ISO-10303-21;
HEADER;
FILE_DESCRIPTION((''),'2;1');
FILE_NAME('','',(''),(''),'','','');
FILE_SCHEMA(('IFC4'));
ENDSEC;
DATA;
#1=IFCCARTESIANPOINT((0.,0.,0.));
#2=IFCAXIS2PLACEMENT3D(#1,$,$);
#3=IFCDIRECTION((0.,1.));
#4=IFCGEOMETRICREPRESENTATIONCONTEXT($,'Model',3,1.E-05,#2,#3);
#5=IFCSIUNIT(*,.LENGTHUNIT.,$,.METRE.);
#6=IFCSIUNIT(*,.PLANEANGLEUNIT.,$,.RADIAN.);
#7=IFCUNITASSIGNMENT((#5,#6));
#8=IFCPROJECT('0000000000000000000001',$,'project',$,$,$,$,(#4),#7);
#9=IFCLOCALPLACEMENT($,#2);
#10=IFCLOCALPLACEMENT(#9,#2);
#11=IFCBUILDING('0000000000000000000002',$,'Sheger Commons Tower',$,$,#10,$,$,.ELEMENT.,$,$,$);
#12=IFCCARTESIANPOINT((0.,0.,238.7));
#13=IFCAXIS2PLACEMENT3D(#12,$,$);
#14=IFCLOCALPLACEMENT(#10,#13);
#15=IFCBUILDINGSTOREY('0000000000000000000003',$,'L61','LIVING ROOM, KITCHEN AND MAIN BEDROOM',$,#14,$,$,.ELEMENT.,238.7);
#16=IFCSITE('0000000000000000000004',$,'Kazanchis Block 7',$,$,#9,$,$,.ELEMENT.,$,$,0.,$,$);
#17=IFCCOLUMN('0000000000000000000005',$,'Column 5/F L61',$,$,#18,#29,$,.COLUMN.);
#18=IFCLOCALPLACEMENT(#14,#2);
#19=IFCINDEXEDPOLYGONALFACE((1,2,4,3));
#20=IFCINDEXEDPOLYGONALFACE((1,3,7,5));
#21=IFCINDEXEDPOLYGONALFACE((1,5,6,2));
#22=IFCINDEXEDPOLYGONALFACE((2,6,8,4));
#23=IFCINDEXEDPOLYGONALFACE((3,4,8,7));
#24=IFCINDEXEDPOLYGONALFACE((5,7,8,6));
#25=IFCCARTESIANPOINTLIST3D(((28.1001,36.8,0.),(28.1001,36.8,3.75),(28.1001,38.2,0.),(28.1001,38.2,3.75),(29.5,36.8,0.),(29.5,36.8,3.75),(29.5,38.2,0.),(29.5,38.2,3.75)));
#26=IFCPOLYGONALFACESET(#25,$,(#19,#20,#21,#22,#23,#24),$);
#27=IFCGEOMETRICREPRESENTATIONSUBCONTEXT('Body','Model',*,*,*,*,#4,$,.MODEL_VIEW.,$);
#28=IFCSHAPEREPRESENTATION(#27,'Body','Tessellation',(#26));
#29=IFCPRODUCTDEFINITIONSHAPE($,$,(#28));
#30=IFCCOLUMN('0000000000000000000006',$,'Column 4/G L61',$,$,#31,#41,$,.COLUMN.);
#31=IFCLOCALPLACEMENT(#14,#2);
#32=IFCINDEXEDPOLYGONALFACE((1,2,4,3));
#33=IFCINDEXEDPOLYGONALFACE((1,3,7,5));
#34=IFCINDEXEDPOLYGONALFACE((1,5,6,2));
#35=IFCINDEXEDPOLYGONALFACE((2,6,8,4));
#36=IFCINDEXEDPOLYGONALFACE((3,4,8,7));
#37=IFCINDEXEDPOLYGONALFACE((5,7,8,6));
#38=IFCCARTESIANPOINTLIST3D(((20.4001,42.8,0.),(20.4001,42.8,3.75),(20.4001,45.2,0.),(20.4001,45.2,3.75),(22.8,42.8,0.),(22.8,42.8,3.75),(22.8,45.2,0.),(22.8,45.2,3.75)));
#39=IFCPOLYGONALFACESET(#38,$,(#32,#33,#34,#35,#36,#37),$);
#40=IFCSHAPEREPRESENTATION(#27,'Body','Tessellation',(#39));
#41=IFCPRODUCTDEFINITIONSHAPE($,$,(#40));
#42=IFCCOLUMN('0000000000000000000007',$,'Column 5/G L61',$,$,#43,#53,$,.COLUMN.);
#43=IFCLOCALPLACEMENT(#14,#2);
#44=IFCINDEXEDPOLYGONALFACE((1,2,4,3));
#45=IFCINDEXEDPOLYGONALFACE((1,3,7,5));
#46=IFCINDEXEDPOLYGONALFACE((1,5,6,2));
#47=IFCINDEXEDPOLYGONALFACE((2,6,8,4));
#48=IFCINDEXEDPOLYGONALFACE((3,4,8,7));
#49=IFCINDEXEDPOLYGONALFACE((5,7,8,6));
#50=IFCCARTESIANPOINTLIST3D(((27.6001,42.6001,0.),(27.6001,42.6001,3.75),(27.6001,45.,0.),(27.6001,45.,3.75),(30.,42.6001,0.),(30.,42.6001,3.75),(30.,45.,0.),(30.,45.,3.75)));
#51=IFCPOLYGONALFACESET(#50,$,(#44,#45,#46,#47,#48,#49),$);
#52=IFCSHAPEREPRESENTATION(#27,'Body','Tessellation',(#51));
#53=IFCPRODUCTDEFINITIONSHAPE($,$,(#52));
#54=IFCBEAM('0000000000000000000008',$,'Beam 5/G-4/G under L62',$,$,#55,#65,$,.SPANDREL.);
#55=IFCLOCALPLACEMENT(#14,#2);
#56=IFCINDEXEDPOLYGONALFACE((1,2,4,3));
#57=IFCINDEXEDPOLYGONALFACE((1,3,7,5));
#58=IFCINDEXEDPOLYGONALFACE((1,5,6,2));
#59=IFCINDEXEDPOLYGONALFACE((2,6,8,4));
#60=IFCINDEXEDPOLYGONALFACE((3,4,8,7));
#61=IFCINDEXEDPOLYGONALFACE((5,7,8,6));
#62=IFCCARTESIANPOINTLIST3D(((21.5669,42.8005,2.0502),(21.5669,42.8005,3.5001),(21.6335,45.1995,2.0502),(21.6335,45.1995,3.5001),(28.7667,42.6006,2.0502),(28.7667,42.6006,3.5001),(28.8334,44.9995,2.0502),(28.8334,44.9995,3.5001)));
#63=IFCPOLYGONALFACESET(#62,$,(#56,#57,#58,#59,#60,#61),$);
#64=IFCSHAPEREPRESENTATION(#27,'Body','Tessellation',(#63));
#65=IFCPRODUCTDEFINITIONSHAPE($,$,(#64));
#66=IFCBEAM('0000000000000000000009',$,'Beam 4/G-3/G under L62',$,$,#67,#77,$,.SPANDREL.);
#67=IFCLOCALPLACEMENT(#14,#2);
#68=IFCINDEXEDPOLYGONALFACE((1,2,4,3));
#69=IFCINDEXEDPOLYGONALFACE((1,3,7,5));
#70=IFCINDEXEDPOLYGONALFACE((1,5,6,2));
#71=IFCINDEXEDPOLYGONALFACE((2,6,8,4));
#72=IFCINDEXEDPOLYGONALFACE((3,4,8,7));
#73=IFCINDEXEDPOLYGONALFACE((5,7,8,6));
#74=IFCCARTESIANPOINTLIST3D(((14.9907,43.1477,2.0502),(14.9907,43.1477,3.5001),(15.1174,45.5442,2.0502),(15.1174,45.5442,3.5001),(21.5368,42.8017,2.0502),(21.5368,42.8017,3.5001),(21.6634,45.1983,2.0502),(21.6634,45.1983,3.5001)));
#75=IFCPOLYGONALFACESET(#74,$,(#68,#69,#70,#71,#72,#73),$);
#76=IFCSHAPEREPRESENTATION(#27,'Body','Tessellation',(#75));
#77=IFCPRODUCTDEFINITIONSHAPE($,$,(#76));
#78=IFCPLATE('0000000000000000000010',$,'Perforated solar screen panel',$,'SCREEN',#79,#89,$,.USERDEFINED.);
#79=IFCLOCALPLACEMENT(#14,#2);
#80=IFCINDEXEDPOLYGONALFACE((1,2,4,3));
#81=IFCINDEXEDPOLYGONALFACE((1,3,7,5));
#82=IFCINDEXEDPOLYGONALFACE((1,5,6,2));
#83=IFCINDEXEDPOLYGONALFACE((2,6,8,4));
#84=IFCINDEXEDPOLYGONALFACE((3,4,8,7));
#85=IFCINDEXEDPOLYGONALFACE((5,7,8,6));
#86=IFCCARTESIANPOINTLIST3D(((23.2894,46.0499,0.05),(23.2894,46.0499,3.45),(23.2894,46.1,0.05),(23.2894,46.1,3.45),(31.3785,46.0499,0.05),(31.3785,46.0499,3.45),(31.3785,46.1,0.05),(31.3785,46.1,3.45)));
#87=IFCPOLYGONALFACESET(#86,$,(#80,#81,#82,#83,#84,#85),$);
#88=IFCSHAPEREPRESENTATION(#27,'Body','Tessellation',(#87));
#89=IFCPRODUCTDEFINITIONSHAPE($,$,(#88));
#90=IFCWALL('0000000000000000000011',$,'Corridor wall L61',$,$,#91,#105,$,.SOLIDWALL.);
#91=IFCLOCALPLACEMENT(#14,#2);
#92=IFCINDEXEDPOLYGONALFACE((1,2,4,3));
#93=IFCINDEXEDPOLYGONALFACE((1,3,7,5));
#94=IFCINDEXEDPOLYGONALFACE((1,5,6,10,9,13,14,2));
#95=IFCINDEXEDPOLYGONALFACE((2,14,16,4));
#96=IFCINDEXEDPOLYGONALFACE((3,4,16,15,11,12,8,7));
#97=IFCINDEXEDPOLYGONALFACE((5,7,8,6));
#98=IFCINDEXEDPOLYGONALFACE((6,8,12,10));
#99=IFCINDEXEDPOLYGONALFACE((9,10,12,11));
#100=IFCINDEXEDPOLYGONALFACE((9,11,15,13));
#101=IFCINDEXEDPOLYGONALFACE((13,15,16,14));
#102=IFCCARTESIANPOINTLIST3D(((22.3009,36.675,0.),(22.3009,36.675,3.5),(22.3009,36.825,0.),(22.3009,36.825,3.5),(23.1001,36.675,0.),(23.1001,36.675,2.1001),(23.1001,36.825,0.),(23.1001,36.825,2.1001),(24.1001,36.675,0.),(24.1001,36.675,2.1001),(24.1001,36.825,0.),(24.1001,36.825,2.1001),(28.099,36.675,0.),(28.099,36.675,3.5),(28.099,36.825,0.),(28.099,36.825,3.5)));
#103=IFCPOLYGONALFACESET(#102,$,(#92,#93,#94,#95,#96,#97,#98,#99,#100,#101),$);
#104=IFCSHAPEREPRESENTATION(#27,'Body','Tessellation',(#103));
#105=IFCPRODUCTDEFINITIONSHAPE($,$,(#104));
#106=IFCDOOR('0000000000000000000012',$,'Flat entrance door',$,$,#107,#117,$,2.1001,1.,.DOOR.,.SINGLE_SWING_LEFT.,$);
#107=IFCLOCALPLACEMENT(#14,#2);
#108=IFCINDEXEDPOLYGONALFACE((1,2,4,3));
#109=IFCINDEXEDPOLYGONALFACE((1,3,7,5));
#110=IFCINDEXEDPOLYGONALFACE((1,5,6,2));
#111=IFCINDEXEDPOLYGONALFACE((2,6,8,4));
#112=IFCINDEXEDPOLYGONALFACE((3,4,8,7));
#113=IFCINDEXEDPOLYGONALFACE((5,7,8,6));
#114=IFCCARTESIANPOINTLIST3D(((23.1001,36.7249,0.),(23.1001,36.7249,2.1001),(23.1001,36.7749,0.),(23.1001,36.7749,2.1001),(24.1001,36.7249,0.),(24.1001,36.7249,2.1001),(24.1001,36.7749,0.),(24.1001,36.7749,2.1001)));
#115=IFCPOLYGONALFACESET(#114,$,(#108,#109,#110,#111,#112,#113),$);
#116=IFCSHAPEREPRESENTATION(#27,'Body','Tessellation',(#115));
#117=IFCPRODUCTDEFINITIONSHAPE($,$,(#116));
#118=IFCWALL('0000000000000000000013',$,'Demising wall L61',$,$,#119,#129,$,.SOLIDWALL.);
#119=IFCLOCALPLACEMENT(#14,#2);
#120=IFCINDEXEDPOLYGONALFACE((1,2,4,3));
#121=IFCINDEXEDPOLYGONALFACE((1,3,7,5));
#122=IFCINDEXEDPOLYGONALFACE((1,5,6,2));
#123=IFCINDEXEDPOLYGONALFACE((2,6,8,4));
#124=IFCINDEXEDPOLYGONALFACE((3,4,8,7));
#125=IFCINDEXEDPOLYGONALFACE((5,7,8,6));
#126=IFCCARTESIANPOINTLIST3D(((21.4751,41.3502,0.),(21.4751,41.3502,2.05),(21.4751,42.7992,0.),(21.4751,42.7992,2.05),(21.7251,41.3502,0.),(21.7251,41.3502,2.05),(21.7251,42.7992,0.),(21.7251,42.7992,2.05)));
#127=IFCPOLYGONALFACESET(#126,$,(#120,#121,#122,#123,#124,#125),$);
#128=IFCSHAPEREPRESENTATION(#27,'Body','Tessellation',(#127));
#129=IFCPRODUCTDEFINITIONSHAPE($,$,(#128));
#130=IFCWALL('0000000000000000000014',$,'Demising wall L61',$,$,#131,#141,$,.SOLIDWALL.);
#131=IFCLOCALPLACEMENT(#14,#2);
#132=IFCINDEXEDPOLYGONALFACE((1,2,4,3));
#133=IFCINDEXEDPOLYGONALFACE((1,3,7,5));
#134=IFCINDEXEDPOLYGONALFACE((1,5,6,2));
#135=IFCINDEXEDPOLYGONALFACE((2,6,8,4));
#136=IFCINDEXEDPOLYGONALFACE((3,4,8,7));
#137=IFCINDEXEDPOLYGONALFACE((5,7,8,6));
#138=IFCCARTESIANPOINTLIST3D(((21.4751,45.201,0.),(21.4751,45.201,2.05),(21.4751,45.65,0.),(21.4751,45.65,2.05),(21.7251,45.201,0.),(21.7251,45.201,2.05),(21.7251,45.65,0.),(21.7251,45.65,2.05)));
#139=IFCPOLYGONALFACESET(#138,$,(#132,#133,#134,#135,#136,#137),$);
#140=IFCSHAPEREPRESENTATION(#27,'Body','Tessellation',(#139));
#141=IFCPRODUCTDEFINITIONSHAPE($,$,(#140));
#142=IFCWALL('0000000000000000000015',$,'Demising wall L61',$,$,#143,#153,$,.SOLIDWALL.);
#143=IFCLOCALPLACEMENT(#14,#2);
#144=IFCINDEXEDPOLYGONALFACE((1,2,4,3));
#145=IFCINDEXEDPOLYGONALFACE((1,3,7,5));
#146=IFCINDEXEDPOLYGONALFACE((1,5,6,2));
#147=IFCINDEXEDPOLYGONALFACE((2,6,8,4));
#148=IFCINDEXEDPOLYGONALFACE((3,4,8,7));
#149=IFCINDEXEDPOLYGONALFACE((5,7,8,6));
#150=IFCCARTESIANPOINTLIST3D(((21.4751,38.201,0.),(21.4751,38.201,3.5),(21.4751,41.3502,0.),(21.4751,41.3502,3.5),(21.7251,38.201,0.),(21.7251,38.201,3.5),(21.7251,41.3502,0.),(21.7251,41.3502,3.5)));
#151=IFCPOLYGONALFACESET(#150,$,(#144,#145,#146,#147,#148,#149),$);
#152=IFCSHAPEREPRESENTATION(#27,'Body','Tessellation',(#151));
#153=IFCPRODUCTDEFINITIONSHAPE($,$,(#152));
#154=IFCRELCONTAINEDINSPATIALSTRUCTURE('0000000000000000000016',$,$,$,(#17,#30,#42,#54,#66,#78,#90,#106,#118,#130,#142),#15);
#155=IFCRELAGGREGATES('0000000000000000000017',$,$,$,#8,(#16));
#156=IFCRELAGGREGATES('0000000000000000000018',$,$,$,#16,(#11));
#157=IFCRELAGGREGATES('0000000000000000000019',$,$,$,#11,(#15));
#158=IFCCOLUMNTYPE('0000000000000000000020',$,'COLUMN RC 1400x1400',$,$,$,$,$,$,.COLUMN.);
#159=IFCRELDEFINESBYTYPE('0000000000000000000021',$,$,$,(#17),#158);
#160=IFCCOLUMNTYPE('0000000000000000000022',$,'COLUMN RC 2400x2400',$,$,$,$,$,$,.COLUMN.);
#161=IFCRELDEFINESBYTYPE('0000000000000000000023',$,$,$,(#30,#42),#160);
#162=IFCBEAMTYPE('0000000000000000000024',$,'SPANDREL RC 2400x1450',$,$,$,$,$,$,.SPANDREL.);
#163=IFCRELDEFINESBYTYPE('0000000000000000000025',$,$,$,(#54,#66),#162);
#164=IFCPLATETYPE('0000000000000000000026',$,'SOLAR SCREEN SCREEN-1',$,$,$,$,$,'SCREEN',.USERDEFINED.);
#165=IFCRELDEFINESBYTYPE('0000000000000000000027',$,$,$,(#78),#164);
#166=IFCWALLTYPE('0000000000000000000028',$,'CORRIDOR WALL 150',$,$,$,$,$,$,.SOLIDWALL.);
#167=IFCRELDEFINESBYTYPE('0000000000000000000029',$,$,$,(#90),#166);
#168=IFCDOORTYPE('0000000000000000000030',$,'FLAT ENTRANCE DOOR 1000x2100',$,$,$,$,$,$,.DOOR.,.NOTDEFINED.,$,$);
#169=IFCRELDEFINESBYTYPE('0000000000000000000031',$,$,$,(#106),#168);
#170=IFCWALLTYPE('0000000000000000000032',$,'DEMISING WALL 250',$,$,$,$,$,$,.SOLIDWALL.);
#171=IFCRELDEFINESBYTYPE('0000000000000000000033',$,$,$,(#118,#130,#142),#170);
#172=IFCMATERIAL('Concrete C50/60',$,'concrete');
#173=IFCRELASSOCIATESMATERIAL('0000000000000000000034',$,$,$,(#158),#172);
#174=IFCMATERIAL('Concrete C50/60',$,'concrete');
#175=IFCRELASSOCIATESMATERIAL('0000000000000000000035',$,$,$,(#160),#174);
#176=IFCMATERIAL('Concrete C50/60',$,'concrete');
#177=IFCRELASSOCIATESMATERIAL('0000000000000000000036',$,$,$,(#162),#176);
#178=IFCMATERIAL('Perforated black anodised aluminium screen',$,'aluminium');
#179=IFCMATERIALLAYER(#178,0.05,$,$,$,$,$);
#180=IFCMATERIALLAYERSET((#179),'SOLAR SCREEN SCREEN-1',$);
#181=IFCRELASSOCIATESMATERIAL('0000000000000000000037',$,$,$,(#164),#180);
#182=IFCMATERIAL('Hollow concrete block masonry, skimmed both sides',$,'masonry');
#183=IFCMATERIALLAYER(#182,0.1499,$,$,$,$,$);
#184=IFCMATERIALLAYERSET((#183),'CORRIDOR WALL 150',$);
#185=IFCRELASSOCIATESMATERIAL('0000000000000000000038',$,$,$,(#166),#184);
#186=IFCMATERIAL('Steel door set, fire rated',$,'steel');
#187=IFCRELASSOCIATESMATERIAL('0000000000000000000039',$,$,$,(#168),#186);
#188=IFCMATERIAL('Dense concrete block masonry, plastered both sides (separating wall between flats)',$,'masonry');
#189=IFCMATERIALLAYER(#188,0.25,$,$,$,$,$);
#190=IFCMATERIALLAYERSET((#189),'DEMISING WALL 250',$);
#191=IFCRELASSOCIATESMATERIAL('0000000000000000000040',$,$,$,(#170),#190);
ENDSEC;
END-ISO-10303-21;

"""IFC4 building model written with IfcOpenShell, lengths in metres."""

from ifc_helpers import new_model, si_unit, direction, frame, frame_2d, origin, origin_2d, place, context, subcontext, project, spatial, rectangle, extrude, material, layer, layer_set, material_profile, profile_set, type_object, element, fill, save


model = new_model("IFC4")

# Units and contexts
model_context = context("Model", 3, precision=1e-05, world=origin(), true_north=direction((0.0, 1.0)))
body_context = subcontext(model_context, "Body", "Model", "MODEL_VIEW")
ifc_project = project(units=[si_unit("LENGTHUNIT", "METRE"), si_unit("PLANEANGLEUNIT", "RADIAN")], contexts=[model_context])

# Site, building, storey
site_placement = place(None, origin())
site = spatial("IfcSite", under=ifc_project, at=site_placement, Name="Kazanchis Block 7", CompositionType="ELEMENT", RefElevation=0.0)
building_placement = place(site_placement, origin())
building = spatial("IfcBuilding", under=site, at=building_placement, Name="Sheger Commons Tower", CompositionType="ELEMENT")
storey_placement = place(building_placement, frame((0.0, 0.0, 238.7)))
storey = spatial("IfcBuildingStorey", under=building, at=storey_placement, Name="L61", Description="LIVING ROOM, KITCHEN AND MAIN BEDROOM", CompositionType="ELEMENT", Elevation=238.7)

# Columns
ifc_material_1 = material(Name="Concrete C50/60", Category="concrete")
ifc_material_profile_1 = material_profile(ifc_material_1, rectangle(XDim=1.3999, YDim=1.3999, at=origin_2d()), Name="RC 1400x1400")
ifc_profile_set_1 = profile_set([ifc_material_profile_1], Name="Concrete C50/60")
column_type_1 = type_object("IfcColumnType", Name="COLUMN RC 1400x1400", PredefinedType="COLUMN", material=ifc_profile_set_1)
column_placement = place(storey_placement, frame((28.8, 37.5, 0.0), z_axis=(0.0, 0.0, 1.0), x_axis=(1.0, 0.0, 0.0)))
element("IfcColumn", 1, at=column_placement, inside=storey, type_object=column_type_1, Name="Column 5/F L61", PredefinedType="COLUMN", context=body_context, shape_type="SweptSolid", body=[
    extrude(rectangle(XDim=1.3999, YDim=1.3999, at=origin_2d()), origin(), (0.0, 0.0, 1.0), 3.75),
])
ifc_material_2 = material(Name="Concrete C50/60", Category="concrete")
ifc_material_profile_2 = material_profile(ifc_material_2, rectangle(XDim=2.3999, YDim=2.3999, at=origin_2d()), Name="RC 2400x2400")
ifc_profile_set_2 = profile_set([ifc_material_profile_2], Name="Concrete C50/60")
column_type_2 = type_object("IfcColumnType", Name="COLUMN RC 2400x2400", PredefinedType="COLUMN", material=ifc_profile_set_2)
for number, where, z_axis, x_axis, name in (
    (2, (21.6001, 44.0, 0.0), (0.0, 0.0, 1.0), (1.0, 0.0, 0.0), "Column 4/G L61"),
    (3, (28.8, 43.8, 0.0), (0.0, 0.0, 1.0), (1.0, 0.0, 0.0), "Column 5/G L61"),
):
    element("IfcColumn", number, at=place(storey_placement, frame(where, z_axis=z_axis, x_axis=x_axis)), inside=storey, type_object=column_type_2, Name=name, PredefinedType="COLUMN", context=body_context, shape_type="SweptSolid", body=[
        extrude(rectangle(XDim=2.3999, YDim=2.3999, at=origin_2d()), origin(), (0.0, 0.0, 1.0), 3.75),
    ])

# Beams
ifc_material_3 = material(Name="Concrete C50/60", Category="concrete")
ifc_material_profile_3 = material_profile(ifc_material_3, rectangle(XDim=2.3999, YDim=1.45, at=origin_2d()), Name="RC 2400x1450")
ifc_profile_set_3 = profile_set([ifc_material_profile_3], Name="Concrete C50/60")
beam_type = type_object("IfcBeamType", Name="SPANDREL RC 2400x1450", PredefinedType="SPANDREL", material=ifc_profile_set_3)
beam_1_placement = place(storey_placement, frame((28.8, 43.8, 2.7751), z_axis=(-0.999615, 0.02776, 0.0), x_axis=(-0.02776, -0.999615, 0.0)))
element("IfcBeam", 4, at=beam_1_placement, inside=storey, type_object=beam_type, Name="Beam 5/G-4/G under L62", PredefinedType="SPANDREL", context=body_context, shape_type="SweptSolid", body=[
    extrude(rectangle(XDim=2.3999, YDim=1.45, at=origin_2d()), origin(), (0.0, 0.0, 1.0), 7.2026),
])
beam_2_placement = place(storey_placement, frame((21.6001, 44.0, 2.7751), z_axis=(-0.998606, 0.052774, 0.0), x_axis=(-0.052774, -0.998606, 0.0)))
element("IfcBeam", 5, at=beam_2_placement, inside=storey, type_object=beam_type, Name="Beam 4/G-3/G under L62", PredefinedType="SPANDREL", context=body_context, shape_type="SweptSolid", body=[
    extrude(rectangle(XDim=2.3999, YDim=1.45, at=origin_2d()), origin(), (0.0, 0.0, 1.0), 6.5552),
])

# Plate
ifc_material_4 = material(Name="Perforated black anodised aluminium screen", Category="aluminium")
ifc_layer_1 = layer(ifc_material_4, 0.05)
ifc_layer_set_1 = layer_set([ifc_layer_1], Name="SOLAR SCREEN SCREEN-1")
plate_type = type_object("IfcPlateType", Name="SOLAR SCREEN SCREEN-1", ElementType="SCREEN", PredefinedType="USERDEFINED", material=ifc_layer_set_1)
plate_placement = place(storey_placement, frame((27.334, 46.075, 0.05), z_axis=(0.0, 0.0, 1.0), x_axis=(-1.0, 0.0, 0.0)))
element("IfcPlate", 6, at=plate_placement, inside=storey, type_object=plate_type, Name="Perforated solar screen panel", ObjectType="SCREEN", PredefinedType="USERDEFINED", context=body_context, shape_type="SweptSolid", body=[
    extrude(rectangle(XDim=8.0891, YDim=0.05, at=origin_2d()), origin(), (0.0, 0.0, 1.0), 3.3999),
])

# Wall, opening, door
ifc_material_5 = material(Name="Hollow concrete block masonry, skimmed both sides", Category="masonry")
ifc_layer_2 = layer(ifc_material_5, 0.1499)
ifc_layer_set_2 = layer_set([ifc_layer_2], Name="CORRIDOR WALL 150")
wall_type_1 = type_object("IfcWallType", Name="CORRIDOR WALL 150", PredefinedType="SOLIDWALL", material=ifc_layer_set_2)
wall_1_placement = place(storey_placement, frame((22.301, 36.75, 0.0), z_axis=(0.0, 0.0, 1.0), x_axis=(1.0, 0.0, 0.0)))
wall_1 = element("IfcWall", 7, at=wall_1_placement, inside=storey, type_object=wall_type_1, Name="Corridor wall L61", PredefinedType="SOLIDWALL", context=body_context, shape_type="SweptSolid", body=[
    extrude(rectangle(XDim=5.7981, YDim=0.1499, at=frame_2d((2.8989, 0.0))), origin(), (0.0, 0.0, 1.0), 3.5),
])
opening_1_placement = place(wall_1_placement, frame((0.7991, 0.0, 0.0)))
opening_1 = element("IfcOpeningElement", 8, at=opening_1_placement, cuts=wall_1, PredefinedType="OPENING", context=body_context, shape_type="SweptSolid", body=[
    extrude(rectangle(XDim=1.0, YDim=2.1001, at=frame_2d((0.5, 1.05))), frame((0.0, 0.085, 0.0), z_axis=(0.0, -1.0, 0.0), x_axis=(1.0, 0.0, 0.0)), (0.0, 0.0, 1.0), 0.1699),
])
ifc_material_6 = material(Name="Steel door set, fire rated", Category="steel")
door_type_1 = type_object("IfcDoorType", Name="FLAT ENTRANCE DOOR 1000x2100", OperationType="NOTDEFINED", PredefinedType="DOOR", material=ifc_material_6)
door_1_placement = place(opening_1_placement, origin())
door_1 = element("IfcDoor", 9, at=door_1_placement, inside=storey, type_object=door_type_1, Name="Flat entrance door", OperationType="SINGLE_SWING_LEFT", OverallHeight=2.1001, OverallWidth=1.0, PredefinedType="DOOR", context=body_context, shape_type="SweptSolid", body=[
    extrude(rectangle(XDim=1.0, YDim=2.1001, at=frame_2d((0.5, 1.05))), frame((0.0, 0.0249, 0.0), z_axis=(0.0, -1.0, 0.0), x_axis=(1.0, 0.0, 0.0)), (0.0, 0.0, 1.0), 0.05),
])
fill(opening_1, door_1)

# Walls
ifc_material_7 = material(Name="Dense concrete block masonry, plastered both sides (separating wall between flats)", Category="masonry")
ifc_layer_3 = layer(ifc_material_7, 0.25)
ifc_layer_set_3 = layer_set([ifc_layer_3], Name="DEMISING WALL 250")
wall_type_2 = type_object("IfcWallType", Name="DEMISING WALL 250", PredefinedType="SOLIDWALL", material=ifc_layer_set_3)
wall_2_placement = place(storey_placement, frame((21.6001, 41.3501, 0.0), z_axis=(0.0, 0.0, 1.0), x_axis=(0.0, 1.0, 0.0)))
element("IfcWall", 10, at=wall_2_placement, inside=storey, type_object=wall_type_2, Name="Demising wall L61", PredefinedType="SOLIDWALL", context=body_context, shape_type="SweptSolid", body=[
    extrude(rectangle(XDim=1.449, YDim=0.25, at=frame_2d((0.7246, 0.0))), origin(), (0.0, 0.0, 1.0), 2.05),
])
wall_3_placement = place(storey_placement, frame((21.6001, 45.2009, 0.0), z_axis=(0.0, 0.0, 1.0), x_axis=(0.0, 1.0, 0.0)))
element("IfcWall", 11, at=wall_3_placement, inside=storey, type_object=wall_type_2, Name="Demising wall L61", PredefinedType="SOLIDWALL", context=body_context, shape_type="SweptSolid", body=[
    extrude(rectangle(XDim=0.449, YDim=0.25, at=frame_2d((0.2246, 0.0))), origin(), (0.0, 0.0, 1.0), 2.05),
])
wall_4_placement = place(storey_placement, frame((21.6001, 38.2009, 0.0), z_axis=(0.0, 0.0, 1.0), x_axis=(0.0, 1.0, 0.0)))
element("IfcWall", 12, at=wall_4_placement, inside=storey, type_object=wall_type_2, Name="Demising wall L61", PredefinedType="SOLIDWALL", context=body_context, shape_type="SweptSolid", body=[
    extrude(rectangle(XDim=3.1492, YDim=0.25, at=frame_2d((1.5747, 0.0))), origin(), (0.0, 0.0, 1.0), 3.5),
])

save(model, "model.ifc")
